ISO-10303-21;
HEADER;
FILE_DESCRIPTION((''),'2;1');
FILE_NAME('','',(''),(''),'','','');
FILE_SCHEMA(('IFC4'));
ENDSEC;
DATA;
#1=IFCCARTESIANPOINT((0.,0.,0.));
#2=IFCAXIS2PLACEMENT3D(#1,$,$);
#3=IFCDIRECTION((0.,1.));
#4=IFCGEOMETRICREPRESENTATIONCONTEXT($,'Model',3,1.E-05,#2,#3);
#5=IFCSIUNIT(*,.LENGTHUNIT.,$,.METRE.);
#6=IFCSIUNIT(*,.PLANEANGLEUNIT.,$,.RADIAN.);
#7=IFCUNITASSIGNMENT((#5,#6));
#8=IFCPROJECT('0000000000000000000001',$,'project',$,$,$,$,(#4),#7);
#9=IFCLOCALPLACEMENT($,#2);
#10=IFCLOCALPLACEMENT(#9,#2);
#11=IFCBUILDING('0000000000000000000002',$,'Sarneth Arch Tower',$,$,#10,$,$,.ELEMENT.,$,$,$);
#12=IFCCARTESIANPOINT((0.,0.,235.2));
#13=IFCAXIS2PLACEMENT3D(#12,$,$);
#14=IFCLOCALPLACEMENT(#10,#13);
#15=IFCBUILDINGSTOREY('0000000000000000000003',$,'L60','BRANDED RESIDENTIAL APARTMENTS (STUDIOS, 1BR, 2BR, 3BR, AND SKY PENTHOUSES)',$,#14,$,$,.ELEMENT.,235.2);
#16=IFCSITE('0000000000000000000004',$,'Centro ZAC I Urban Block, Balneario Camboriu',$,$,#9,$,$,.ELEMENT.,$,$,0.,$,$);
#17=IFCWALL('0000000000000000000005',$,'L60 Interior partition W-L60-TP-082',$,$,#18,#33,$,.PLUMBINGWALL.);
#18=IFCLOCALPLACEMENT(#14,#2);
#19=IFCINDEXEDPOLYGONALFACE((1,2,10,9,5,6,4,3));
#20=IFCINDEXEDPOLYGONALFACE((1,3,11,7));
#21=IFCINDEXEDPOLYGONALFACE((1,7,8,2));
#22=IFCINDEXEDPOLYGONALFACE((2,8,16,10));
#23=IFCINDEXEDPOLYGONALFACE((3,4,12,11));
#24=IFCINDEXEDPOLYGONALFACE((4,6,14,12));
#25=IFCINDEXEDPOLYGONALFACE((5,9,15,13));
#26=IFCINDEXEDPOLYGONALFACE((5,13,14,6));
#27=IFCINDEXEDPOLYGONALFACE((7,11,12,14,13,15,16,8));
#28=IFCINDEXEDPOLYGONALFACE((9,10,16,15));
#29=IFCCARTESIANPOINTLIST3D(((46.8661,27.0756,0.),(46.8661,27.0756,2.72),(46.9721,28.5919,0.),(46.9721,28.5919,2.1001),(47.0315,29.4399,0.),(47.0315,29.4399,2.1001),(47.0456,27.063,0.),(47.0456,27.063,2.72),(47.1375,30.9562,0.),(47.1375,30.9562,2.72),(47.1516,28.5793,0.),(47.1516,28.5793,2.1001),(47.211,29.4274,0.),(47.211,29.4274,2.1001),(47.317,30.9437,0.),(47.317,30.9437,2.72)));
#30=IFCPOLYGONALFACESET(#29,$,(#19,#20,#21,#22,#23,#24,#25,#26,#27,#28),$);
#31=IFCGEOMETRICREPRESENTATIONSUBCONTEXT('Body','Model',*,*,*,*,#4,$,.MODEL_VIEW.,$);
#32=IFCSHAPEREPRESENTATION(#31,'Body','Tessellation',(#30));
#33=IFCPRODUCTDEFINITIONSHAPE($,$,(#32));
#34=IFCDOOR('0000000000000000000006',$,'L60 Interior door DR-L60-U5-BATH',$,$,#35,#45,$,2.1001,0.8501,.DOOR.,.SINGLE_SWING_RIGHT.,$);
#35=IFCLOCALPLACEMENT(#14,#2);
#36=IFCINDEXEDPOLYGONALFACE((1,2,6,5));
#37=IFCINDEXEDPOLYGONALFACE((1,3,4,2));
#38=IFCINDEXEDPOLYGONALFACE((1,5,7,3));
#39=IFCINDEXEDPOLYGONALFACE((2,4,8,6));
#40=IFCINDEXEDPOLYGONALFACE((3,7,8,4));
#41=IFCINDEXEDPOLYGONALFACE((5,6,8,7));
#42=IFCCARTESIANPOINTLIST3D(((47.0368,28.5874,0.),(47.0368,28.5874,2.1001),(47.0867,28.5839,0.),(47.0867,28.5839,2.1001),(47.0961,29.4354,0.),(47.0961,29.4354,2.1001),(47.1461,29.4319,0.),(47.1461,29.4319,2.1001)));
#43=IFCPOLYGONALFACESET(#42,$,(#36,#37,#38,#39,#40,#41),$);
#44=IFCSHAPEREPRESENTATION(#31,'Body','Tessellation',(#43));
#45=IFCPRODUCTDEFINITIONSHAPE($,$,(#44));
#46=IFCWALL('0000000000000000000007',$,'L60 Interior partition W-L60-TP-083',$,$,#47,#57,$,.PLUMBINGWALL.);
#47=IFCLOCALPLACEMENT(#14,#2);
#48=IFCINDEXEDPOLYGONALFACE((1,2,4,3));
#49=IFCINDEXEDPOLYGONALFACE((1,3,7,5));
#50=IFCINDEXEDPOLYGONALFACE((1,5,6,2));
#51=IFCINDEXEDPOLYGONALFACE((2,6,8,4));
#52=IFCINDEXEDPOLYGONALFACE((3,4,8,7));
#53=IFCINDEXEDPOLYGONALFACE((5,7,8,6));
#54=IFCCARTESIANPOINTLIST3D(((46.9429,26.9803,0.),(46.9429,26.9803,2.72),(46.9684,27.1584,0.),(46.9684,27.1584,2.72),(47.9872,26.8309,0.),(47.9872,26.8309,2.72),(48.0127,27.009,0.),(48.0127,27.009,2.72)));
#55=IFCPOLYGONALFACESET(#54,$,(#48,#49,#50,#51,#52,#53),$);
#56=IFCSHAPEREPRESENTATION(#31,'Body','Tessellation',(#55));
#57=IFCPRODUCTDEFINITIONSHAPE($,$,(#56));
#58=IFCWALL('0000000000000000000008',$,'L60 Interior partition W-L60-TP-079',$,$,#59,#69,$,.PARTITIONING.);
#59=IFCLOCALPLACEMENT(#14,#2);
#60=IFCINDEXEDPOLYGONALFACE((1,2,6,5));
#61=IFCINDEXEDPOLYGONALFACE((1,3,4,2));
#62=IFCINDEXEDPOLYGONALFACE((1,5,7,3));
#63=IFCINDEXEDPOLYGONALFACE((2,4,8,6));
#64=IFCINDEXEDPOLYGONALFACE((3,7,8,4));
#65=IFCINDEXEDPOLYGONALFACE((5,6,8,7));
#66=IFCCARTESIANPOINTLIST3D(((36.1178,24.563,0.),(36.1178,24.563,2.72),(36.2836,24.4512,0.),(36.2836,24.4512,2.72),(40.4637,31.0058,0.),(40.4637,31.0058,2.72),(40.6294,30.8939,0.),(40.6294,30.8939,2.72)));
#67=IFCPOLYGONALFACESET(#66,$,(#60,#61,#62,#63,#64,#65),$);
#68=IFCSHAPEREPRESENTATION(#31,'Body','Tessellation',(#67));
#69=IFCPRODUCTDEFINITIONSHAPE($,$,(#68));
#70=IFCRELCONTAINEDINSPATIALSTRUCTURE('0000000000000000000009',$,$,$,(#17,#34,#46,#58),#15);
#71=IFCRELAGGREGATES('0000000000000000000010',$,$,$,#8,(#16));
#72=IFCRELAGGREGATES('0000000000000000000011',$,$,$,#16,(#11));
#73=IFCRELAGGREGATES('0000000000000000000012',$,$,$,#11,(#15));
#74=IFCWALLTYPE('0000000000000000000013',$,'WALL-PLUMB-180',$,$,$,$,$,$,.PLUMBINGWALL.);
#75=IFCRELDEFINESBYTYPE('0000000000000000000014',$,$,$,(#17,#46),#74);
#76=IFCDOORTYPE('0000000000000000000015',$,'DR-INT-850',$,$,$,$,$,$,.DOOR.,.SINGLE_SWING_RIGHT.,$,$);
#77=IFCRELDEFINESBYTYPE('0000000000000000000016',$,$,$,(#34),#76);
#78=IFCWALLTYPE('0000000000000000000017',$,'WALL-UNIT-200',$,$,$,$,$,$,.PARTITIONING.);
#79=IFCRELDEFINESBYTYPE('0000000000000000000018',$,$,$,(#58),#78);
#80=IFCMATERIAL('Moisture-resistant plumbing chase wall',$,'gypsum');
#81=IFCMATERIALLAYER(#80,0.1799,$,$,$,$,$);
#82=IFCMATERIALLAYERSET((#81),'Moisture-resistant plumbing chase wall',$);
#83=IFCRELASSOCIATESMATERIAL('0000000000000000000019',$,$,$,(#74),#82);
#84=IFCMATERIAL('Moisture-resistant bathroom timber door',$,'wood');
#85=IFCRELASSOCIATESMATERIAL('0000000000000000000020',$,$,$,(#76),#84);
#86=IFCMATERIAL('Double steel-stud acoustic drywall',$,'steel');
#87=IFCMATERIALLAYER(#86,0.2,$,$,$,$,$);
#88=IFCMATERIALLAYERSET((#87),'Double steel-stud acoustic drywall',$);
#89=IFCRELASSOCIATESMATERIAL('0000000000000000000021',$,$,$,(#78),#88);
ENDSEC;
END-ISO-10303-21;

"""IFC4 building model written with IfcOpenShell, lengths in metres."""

from ifc_helpers import new_model, si_unit, direction, frame, frame_2d, origin, place, context, subcontext, project, spatial, rectangle, extrude, material, layer, layer_set, type_object, element, fill, save


model = new_model("IFC4")

# Units and contexts
model_context = context("Model", 3, precision=1e-05, world=origin(), true_north=direction((0.0, 1.0)))
body_context = subcontext(model_context, "Body", "Model", "MODEL_VIEW")
ifc_project = project(units=[si_unit("LENGTHUNIT", "METRE"), si_unit("PLANEANGLEUNIT", "RADIAN")], contexts=[model_context])

# Site, building, storey
site_placement = place(None, origin())
site = spatial("IfcSite", under=ifc_project, at=site_placement, Name="Centro ZAC I Urban Block, Balneario Camboriu", CompositionType="ELEMENT", RefElevation=0.0)
building_placement = place(site_placement, origin())
building = spatial("IfcBuilding", under=site, at=building_placement, Name="Sarneth Arch Tower", CompositionType="ELEMENT")
storey_placement = place(building_placement, frame((0.0, 0.0, 235.2)))
storey = spatial("IfcBuildingStorey", under=building, at=storey_placement, Name="L60", Description="BRANDED RESIDENTIAL APARTMENTS (STUDIOS, 1BR, 2BR, 3BR, AND SKY PENTHOUSES)", CompositionType="ELEMENT", Elevation=235.2)

# Wall, opening, door
ifc_material_1 = material(Name="Moisture-resistant plumbing chase wall", Category="gypsum")
ifc_layer_1 = layer(ifc_material_1, 0.1799)
ifc_layer_set_1 = layer_set([ifc_layer_1], Name="Moisture-resistant plumbing chase wall")
wall_type_1 = type_object("IfcWallType", Name="WALL-PLUMB-180", PredefinedType="PLUMBINGWALL", material=ifc_layer_set_1)
wall_1_placement = place(storey_placement, frame((47.2273, 30.95, 0.0), z_axis=(0.0, 0.0, 1.0), x_axis=(-0.069789, -0.997562, 0.0)))
wall_1 = element("IfcWall", 1, at=wall_1_placement, inside=storey, type_object=wall_type_1, Name="L60 Interior partition W-L60-TP-082", PredefinedType="PLUMBINGWALL", context=body_context, shape_type="SweptSolid", body=[
    extrude(rectangle(XDim=3.8901, YDim=0.1799, at=frame_2d((1.9451, 0.0))), origin(), (0.0, 0.0, 1.0), 2.72),
])
opening_1_placement = place(wall_1_placement, frame((1.52, 0.0, 0.0)))
opening_1 = element("IfcOpeningElement", 2, at=opening_1_placement, cuts=wall_1, PredefinedType="OPENING", context=body_context, shape_type="SweptSolid", body=[
    extrude(rectangle(XDim=0.8501, YDim=2.1001, at=frame_2d((0.425, 1.05))), frame((0.0, 0.0999, 0.0), z_axis=(0.0, -1.0, 0.0), x_axis=(1.0, 0.0, 0.0)), (0.0, 0.0, 1.0), 0.2),
])
ifc_material_2 = material(Name="Moisture-resistant bathroom timber door", Category="wood")
door_type_1 = type_object("IfcDoorType", Name="DR-INT-850", OperationType="SINGLE_SWING_RIGHT", PredefinedType="DOOR", material=ifc_material_2)
door_1_placement = place(opening_1_placement, origin())
door_1 = element("IfcDoor", 3, at=door_1_placement, inside=storey, type_object=door_type_1, Name="L60 Interior door DR-L60-U5-BATH", OperationType="SINGLE_SWING_RIGHT", OverallHeight=2.1001, OverallWidth=0.8501, PredefinedType="DOOR", context=body_context, shape_type="SweptSolid", body=[
    extrude(rectangle(XDim=0.8501, YDim=2.1001, at=frame_2d((0.425, 1.05))), frame((0.0, 0.0249, 0.0), z_axis=(0.0, -1.0, 0.0), x_axis=(1.0, 0.0, 0.0)), (0.0, 0.0, 1.0), 0.05),
])
fill(opening_1, door_1)

# Walls
wall_2_placement = place(storey_placement, frame((46.9558, 27.0693, 0.0), z_axis=(0.0, 0.0, 1.0), x_axis=(0.989917, -0.141648, 0.0)))
element("IfcWall", 4, at=wall_2_placement, inside=storey, type_object=wall_type_1, Name="L60 Interior partition W-L60-TP-083", PredefinedType="PLUMBINGWALL", context=body_context, shape_type="SweptSolid", body=[
    extrude(rectangle(XDim=1.0549, YDim=0.1799, at=frame_2d((0.5273, 0.0))), origin(), (0.0, 0.0, 1.0), 2.72),
])
ifc_material_3 = material(Name="Double steel-stud acoustic drywall", Category="steel")
ifc_layer_2 = layer(ifc_material_3, 0.2)
ifc_layer_set_2 = layer_set([ifc_layer_2], Name="Double steel-stud acoustic drywall")
wall_type_2 = type_object("IfcWallType", Name="WALL-UNIT-200", PredefinedType="PARTITIONING", material=ifc_layer_set_2)
wall_3_placement = place(storey_placement, frame((36.2007, 24.5071, 0.0), z_axis=(0.0, 0.0, 1.0), x_axis=(0.559208, 0.829027, 0.0)))
element("IfcWall", 5, at=wall_3_placement, inside=storey, type_object=wall_type_2, Name="L60 Interior partition W-L60-TP-079", PredefinedType="PARTITIONING", context=body_context, shape_type="SweptSolid", body=[
    extrude(rectangle(XDim=7.7715, YDim=0.2, at=frame_2d((3.8857, 0.0))), origin(), (0.0, 0.0, 1.0), 2.72),
])

save(model, "model.ifc")
